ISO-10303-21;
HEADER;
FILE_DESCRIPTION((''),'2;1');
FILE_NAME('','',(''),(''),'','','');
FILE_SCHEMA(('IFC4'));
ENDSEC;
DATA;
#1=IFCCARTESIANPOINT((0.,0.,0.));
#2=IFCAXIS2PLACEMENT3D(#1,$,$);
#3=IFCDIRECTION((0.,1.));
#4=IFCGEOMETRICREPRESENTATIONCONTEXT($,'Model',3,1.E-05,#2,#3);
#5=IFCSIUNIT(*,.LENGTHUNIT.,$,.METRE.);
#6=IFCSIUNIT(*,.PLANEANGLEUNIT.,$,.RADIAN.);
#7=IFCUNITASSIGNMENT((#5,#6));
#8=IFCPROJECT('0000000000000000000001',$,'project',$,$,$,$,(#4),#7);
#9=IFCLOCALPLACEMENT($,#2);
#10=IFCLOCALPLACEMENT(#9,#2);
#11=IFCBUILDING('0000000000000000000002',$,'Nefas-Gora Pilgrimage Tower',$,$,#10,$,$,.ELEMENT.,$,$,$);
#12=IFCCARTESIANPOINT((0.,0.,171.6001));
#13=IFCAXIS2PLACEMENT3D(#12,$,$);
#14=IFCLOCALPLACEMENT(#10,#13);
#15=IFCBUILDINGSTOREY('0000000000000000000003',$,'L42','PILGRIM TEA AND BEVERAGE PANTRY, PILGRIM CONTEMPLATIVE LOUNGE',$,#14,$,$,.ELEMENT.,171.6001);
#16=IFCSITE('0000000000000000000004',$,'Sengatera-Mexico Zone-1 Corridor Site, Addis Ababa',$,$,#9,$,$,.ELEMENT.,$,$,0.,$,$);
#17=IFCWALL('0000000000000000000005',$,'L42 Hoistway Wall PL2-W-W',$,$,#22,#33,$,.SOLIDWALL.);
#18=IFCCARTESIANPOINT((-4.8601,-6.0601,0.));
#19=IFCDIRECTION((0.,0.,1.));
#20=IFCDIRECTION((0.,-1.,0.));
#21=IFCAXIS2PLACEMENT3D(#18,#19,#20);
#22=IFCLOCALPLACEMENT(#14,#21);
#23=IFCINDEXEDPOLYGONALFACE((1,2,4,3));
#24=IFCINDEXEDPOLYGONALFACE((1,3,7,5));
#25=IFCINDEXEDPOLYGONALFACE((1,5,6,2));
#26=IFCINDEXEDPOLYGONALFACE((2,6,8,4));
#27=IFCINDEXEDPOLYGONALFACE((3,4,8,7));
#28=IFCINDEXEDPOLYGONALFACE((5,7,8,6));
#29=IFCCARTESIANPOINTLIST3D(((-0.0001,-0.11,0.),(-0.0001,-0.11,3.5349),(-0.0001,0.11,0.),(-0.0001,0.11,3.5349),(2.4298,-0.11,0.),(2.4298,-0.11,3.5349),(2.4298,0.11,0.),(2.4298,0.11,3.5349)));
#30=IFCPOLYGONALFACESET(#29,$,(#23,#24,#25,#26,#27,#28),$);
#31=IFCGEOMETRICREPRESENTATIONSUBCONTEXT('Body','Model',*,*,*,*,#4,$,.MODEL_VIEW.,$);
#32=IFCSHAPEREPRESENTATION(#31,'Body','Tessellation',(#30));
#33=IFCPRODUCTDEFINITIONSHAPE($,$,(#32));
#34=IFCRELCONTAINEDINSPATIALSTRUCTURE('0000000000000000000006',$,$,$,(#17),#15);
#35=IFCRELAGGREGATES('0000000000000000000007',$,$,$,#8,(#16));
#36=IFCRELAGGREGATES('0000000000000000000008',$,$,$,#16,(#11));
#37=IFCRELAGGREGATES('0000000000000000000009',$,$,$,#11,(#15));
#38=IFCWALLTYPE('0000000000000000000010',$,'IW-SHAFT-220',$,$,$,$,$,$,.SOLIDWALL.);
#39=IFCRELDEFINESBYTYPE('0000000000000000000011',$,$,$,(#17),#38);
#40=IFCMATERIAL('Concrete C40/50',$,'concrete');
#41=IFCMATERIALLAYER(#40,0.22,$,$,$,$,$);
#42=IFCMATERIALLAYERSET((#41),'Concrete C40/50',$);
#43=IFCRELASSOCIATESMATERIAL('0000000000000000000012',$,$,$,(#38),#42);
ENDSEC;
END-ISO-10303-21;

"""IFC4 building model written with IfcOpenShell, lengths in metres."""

from ifc_helpers import new_model, si_unit, direction, frame, frame_2d, origin, place, context, subcontext, project, spatial, rectangle, extrude, source, transform, mapped, material, layer, layer_set, type_object, element, save


model = new_model("IFC4")

# Units and contexts
model_context = context("Model", 3, precision=1e-05, world=origin(), true_north=direction((0.0, 1.0)))
body_context = subcontext(model_context, "Body", "Model", "MODEL_VIEW")
ifc_project = project(units=[si_unit("LENGTHUNIT", "METRE"), si_unit("PLANEANGLEUNIT", "RADIAN")], contexts=[model_context])

# Site, building, storey
site_placement = place(None, origin())
site = spatial("IfcSite", under=ifc_project, at=site_placement, Name="Sengatera-Mexico Zone-1 Corridor Site, Addis Ababa", CompositionType="ELEMENT", RefElevation=0.0)
building_placement = place(site_placement, origin())
building = spatial("IfcBuilding", under=site, at=building_placement, Name="Nefas-Gora Pilgrimage Tower", CompositionType="ELEMENT")
storey_placement = place(building_placement, frame((0.0, 0.0, 171.6001)))
storey = spatial("IfcBuildingStorey", under=building, at=storey_placement, Name="L42", Description="PILGRIM TEA AND BEVERAGE PANTRY, PILGRIM CONTEMPLATIVE LOUNGE", CompositionType="ELEMENT", Elevation=171.6001)

# Shared definitions
ifc_material_1 = material(Name="Concrete C40/50", Category="concrete")
ifc_layer_1 = layer(ifc_material_1, 0.22)
ifc_layer_set_1 = layer_set([ifc_layer_1], Name="Concrete C40/50")
wall_type_1 = type_object("IfcWallType", Name="IW-SHAFT-220", PredefinedType="SOLIDWALL", material=ifc_layer_set_1)

# Wall
shared_shape_1 = source(origin(), body_context, "Body", "SweptSolid", [
    extrude(rectangle(XDim=2.4299, YDim=0.22, at=frame_2d((1.2148, 0.0))), origin(), (0.0, 0.0, 1.0), 3.5349),
])
wall_1_placement = place(storey_placement, frame((-4.8601, -6.0601, 0.0), z_axis=(0.0, 0.0, 1.0), x_axis=(0.0, -1.0, 0.0)))
element("IfcWall", 1, at=wall_1_placement, inside=storey, type_object=wall_type_1, Name="L42 Hoistway Wall PL2-W-W", PredefinedType="SOLIDWALL", context=body_context, shape_type="MappedRepresentation", body=[
    mapped(shared_shape_1, transform((0.0, 0.0, 0.0), x_axis=(1.0, 0.0, 0.0), y_axis=(0.0, 1.0, 0.0), z_axis=(0.0, 0.0, 1.0), scale=1.0)),
])

save(model, "model.ifc")
